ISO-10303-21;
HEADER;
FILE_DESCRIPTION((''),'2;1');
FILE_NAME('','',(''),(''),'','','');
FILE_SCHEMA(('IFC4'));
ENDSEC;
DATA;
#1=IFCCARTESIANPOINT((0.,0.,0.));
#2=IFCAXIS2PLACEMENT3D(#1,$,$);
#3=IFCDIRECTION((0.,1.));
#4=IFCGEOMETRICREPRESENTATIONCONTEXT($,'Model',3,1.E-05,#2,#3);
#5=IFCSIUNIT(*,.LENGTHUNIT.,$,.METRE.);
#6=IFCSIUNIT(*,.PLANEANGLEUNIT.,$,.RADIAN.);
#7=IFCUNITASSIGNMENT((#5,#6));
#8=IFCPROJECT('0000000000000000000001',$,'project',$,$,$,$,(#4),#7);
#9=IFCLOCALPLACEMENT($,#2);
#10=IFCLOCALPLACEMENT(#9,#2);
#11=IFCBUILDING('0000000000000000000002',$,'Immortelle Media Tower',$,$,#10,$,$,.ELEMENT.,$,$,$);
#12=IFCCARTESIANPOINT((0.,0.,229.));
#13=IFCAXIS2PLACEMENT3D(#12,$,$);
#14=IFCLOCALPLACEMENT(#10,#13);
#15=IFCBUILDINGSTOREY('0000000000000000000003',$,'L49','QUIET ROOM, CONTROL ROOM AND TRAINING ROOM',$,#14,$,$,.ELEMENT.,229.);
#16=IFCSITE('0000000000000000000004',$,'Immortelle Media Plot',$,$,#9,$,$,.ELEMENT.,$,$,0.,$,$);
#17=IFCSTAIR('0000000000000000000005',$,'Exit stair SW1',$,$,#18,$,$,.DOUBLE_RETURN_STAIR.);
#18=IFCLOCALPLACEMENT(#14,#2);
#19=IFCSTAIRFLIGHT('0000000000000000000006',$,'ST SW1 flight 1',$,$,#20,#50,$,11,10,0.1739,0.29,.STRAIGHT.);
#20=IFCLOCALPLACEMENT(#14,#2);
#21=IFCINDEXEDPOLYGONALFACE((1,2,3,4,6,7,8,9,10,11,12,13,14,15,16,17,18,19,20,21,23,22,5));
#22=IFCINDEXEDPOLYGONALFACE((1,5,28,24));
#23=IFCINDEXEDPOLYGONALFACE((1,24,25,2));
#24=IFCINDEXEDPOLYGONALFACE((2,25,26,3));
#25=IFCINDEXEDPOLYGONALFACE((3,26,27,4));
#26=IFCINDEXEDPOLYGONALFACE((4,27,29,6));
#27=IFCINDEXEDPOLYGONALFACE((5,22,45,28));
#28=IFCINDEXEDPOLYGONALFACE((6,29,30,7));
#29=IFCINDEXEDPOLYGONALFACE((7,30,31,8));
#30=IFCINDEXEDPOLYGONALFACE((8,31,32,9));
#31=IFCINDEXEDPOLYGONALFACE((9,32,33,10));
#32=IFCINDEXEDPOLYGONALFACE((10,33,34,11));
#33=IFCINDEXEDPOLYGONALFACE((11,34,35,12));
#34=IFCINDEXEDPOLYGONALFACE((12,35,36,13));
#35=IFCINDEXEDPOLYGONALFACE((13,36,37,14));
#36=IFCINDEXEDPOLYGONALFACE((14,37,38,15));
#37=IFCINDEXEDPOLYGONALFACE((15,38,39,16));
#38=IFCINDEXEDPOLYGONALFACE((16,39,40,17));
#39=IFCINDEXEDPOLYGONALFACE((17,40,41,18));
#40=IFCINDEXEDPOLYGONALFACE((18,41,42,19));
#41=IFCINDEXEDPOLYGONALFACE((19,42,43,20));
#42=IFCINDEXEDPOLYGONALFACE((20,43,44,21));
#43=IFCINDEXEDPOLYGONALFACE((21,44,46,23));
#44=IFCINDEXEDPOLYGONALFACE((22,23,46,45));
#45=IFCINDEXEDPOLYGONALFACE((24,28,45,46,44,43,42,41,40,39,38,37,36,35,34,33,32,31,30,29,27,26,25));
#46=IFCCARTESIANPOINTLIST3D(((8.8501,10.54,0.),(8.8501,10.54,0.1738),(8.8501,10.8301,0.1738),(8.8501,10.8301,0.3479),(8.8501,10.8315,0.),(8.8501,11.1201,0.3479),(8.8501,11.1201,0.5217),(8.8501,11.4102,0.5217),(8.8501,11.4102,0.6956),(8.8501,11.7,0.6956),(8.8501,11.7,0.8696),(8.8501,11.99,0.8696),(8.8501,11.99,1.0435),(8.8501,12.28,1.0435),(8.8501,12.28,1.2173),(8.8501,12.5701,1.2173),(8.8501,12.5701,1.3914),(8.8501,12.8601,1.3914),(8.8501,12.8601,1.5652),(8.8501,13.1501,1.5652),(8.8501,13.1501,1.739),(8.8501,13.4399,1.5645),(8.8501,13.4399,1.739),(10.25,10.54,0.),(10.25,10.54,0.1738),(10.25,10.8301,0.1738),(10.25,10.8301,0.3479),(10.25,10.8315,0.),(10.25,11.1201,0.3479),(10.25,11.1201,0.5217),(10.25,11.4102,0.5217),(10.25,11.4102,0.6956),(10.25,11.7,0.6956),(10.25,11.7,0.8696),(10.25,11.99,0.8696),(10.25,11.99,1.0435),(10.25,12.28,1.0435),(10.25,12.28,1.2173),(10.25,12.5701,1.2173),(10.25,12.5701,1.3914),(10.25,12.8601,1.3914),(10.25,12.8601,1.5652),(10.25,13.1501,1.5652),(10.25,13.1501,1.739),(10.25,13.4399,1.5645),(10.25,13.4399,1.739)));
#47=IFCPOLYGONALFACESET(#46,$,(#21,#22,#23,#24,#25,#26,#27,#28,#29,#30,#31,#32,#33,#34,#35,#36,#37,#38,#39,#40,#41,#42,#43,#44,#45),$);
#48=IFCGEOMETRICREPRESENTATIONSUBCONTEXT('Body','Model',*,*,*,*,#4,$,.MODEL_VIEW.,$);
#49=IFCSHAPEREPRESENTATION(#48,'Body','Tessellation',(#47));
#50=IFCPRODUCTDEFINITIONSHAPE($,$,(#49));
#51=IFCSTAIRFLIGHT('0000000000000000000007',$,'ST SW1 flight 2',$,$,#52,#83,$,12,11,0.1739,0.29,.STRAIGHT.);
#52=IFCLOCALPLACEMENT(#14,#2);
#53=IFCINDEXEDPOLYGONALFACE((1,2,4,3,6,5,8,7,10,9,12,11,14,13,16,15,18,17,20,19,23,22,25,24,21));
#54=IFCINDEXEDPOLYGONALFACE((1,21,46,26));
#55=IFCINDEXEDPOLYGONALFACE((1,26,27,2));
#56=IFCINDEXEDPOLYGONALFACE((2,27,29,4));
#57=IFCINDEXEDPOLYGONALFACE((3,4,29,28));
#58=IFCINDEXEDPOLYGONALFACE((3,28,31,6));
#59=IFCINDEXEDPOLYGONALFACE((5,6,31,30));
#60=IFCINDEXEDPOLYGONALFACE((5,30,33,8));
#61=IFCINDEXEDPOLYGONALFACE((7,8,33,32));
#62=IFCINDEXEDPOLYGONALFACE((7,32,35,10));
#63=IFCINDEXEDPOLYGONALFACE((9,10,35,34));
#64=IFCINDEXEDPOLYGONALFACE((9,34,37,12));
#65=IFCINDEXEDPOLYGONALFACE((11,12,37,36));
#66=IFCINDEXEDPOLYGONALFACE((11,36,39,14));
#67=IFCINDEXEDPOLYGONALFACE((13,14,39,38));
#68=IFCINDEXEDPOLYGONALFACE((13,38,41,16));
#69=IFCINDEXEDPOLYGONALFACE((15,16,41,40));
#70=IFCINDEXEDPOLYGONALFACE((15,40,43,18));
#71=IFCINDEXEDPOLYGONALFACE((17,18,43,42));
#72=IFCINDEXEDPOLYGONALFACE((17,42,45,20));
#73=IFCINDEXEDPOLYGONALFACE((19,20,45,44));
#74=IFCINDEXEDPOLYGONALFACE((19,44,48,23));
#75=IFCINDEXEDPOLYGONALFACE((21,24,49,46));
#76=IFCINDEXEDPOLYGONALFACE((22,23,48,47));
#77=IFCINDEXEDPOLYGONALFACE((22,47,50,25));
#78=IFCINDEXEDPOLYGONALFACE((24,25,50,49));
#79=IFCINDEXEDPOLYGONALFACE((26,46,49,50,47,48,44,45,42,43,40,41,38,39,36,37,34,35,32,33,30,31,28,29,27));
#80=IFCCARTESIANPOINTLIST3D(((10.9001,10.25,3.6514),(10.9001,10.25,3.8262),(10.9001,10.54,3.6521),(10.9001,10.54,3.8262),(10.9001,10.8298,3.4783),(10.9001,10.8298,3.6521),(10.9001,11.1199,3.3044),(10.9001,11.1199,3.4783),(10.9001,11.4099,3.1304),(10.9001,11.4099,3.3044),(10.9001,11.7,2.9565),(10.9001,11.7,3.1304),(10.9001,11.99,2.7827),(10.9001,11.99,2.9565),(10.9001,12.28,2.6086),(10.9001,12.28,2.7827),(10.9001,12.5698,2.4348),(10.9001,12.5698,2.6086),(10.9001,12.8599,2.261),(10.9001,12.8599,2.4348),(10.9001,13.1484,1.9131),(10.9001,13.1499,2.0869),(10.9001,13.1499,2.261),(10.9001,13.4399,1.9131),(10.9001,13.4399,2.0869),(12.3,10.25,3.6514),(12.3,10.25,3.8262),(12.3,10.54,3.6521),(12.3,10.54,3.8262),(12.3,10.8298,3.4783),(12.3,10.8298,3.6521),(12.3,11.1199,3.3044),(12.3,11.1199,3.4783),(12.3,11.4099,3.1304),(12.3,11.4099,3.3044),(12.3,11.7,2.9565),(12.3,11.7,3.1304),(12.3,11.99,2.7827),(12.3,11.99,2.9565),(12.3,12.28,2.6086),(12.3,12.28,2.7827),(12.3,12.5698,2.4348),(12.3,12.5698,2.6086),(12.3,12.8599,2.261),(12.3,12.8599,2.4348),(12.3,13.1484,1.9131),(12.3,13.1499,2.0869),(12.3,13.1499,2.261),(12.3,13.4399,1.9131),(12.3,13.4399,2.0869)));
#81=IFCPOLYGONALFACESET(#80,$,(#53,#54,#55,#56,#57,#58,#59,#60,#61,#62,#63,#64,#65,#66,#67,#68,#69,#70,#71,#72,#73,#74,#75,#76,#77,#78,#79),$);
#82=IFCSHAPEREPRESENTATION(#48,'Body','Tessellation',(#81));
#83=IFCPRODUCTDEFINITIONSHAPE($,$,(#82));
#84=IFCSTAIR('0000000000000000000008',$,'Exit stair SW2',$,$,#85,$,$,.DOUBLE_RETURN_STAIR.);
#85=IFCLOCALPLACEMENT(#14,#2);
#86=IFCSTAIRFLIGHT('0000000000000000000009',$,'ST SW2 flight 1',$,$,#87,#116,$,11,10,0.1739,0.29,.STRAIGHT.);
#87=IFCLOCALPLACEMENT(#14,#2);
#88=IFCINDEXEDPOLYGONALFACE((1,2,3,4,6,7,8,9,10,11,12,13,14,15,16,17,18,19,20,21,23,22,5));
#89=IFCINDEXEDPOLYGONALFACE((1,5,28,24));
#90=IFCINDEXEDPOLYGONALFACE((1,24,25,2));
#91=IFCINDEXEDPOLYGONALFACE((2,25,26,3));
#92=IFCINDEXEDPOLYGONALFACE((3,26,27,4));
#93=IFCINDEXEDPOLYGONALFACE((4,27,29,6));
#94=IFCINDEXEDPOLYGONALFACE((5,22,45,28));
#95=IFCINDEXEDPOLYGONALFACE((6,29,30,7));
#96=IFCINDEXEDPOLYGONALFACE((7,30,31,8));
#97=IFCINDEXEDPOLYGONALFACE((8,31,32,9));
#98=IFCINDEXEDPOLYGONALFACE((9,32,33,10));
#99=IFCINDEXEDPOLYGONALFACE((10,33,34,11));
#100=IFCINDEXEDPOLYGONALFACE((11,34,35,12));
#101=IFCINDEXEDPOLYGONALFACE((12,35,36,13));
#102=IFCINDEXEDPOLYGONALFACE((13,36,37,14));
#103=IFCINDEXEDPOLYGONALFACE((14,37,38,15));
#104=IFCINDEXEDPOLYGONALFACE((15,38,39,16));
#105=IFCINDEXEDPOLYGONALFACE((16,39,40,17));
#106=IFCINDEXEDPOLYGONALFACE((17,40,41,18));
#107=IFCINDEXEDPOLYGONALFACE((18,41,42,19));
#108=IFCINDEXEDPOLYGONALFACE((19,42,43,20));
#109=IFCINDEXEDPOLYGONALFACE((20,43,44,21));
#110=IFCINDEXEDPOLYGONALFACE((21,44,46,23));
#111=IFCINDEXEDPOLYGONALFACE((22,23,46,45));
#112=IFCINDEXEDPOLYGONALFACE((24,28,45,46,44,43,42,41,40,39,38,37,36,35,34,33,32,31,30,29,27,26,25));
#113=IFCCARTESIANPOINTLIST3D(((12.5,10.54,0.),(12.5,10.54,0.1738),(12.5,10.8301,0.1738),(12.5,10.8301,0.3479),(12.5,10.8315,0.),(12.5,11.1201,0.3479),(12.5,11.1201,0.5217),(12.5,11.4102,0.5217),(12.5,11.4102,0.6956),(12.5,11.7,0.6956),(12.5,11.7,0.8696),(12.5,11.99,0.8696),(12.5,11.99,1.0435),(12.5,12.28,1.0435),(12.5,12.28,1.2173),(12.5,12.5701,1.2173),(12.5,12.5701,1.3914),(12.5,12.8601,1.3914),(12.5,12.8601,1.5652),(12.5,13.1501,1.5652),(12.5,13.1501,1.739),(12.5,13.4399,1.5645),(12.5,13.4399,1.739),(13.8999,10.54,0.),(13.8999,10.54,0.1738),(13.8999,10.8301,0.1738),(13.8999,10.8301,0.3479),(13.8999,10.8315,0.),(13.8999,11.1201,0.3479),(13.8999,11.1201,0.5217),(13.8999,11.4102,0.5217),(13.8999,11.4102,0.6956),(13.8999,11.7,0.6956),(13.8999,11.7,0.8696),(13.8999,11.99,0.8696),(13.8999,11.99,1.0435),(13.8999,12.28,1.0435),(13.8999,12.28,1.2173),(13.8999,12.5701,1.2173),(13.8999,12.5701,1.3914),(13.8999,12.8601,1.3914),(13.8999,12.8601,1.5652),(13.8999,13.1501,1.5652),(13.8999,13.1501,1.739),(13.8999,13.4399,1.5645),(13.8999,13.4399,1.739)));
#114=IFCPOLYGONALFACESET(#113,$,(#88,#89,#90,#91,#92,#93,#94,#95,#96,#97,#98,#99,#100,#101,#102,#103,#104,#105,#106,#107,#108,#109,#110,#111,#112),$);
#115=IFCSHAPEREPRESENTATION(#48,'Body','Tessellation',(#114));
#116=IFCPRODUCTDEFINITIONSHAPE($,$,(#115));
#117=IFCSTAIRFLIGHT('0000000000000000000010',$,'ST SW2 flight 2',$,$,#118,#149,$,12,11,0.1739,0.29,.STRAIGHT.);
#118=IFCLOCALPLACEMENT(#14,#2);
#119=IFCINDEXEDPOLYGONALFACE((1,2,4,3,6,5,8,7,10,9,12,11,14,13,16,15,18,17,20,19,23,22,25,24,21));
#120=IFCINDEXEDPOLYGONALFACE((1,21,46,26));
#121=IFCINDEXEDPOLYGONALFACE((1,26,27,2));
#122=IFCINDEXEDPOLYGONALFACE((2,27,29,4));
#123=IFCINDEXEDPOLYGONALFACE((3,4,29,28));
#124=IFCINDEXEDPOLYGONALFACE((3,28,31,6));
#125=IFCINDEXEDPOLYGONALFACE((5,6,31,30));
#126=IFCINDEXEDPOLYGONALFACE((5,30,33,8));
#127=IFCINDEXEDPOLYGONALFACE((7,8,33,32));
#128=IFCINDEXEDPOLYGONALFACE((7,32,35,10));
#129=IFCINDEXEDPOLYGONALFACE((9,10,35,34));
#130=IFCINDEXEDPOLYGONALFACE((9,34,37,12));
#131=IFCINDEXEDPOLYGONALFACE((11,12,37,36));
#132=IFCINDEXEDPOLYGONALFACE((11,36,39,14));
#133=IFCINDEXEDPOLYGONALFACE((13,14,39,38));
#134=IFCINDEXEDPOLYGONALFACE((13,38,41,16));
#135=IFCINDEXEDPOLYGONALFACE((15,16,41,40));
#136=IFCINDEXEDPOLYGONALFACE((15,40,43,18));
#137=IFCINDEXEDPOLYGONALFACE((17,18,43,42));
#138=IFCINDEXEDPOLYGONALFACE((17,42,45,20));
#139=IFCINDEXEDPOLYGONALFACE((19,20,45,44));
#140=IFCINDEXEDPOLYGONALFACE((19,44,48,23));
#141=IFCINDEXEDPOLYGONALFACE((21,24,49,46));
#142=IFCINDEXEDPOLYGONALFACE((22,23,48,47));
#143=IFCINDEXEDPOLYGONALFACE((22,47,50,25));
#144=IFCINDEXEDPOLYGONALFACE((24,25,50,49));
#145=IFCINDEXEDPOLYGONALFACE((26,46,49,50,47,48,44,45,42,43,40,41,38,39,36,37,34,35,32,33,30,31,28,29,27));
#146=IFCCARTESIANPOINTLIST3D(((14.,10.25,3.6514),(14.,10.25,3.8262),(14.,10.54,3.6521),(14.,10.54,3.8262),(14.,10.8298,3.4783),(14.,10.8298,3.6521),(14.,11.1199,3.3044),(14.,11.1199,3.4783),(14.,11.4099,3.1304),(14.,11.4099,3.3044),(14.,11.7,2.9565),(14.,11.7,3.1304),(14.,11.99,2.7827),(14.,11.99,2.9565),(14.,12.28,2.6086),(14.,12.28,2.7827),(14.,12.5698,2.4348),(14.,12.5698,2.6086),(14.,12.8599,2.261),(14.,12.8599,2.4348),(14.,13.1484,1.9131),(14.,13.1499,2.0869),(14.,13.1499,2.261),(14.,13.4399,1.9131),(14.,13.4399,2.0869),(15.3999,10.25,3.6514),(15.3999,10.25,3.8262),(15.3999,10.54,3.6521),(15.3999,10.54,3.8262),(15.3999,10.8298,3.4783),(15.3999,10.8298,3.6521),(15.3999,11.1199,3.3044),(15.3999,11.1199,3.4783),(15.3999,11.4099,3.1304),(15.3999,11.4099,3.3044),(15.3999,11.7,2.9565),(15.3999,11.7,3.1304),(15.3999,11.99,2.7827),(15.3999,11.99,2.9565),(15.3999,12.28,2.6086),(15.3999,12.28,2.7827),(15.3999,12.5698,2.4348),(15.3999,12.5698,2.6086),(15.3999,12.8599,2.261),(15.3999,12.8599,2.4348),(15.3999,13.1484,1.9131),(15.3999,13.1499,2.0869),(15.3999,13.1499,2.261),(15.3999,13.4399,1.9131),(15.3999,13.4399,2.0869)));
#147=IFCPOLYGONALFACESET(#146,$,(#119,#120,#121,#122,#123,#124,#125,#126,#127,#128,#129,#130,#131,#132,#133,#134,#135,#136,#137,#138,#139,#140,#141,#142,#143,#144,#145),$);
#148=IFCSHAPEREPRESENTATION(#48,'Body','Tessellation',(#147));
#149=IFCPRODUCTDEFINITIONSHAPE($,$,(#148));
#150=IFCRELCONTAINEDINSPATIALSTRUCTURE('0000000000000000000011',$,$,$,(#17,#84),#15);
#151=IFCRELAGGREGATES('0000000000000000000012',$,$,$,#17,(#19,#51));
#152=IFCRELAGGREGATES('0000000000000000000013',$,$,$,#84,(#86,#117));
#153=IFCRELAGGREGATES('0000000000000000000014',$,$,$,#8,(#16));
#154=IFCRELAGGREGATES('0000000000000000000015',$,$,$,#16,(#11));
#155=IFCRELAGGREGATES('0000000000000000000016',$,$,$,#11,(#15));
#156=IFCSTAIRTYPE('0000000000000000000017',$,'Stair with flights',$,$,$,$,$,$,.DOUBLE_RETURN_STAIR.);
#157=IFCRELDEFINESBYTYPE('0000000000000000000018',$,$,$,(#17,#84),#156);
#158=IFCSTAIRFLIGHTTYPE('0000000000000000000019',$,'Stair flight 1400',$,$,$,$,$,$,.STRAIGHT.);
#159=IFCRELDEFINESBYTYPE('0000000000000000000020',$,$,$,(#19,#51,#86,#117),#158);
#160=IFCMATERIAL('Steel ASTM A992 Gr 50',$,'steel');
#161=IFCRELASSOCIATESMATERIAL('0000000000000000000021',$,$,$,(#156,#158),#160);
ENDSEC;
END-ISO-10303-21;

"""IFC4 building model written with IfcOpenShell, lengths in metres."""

from ifc_helpers import new_model, si_unit, direction, frame, origin, place, context, subcontext, project, spatial, polyline, outline, extrude, material, type_object, element, aggregate, save


model = new_model("IFC4")

# Units and contexts
model_context = context("Model", 3, precision=1e-05, world=origin(), true_north=direction((0.0, 1.0)))
body_context = subcontext(model_context, "Body", "Model", "MODEL_VIEW")
ifc_project = project(units=[si_unit("LENGTHUNIT", "METRE"), si_unit("PLANEANGLEUNIT", "RADIAN")], contexts=[model_context])

# Site, building, storey
site_placement = place(None, origin())
site = spatial("IfcSite", under=ifc_project, at=site_placement, Name="Immortelle Media Plot", CompositionType="ELEMENT", RefElevation=0.0)
building_placement = place(site_placement, origin())
building = spatial("IfcBuilding", under=site, at=building_placement, Name="Immortelle Media Tower", CompositionType="ELEMENT")
storey_placement = place(building_placement, frame((0.0, 0.0, 229.0)))
storey = spatial("IfcBuildingStorey", under=building, at=storey_placement, Name="L49", Description="QUIET ROOM, CONTROL ROOM AND TRAINING ROOM", CompositionType="ELEMENT", Elevation=229.0)

# Shared definitions
ifc_material_1 = material(Name="Steel ASTM A992 Gr 50", Category="steel")

# Stairs, stair flights
stair_type = type_object("IfcStairType", Name="Stair with flights", PredefinedType="DOUBLE_RETURN_STAIR", material=ifc_material_1)
stair_1_placement = place(storey_placement, origin())
stair_1 = element("IfcStair", 1, at=stair_1_placement, inside=storey, type_object=stair_type, Name="Exit stair SW1", PredefinedType="DOUBLE_RETURN_STAIR")
stair_flight_type = type_object("IfcStairFlightType", Name="Stair flight 1400", PredefinedType="STRAIGHT", material=ifc_material_1)
stair_flight_1_placement = place(storey_placement, frame((9.55, 10.54, 0.0), z_axis=(0.0, 0.0, 1.0), x_axis=(0.0, 1.0, 0.0)))
stair_flight_1 = element("IfcStairFlight", 2, at=stair_flight_1_placement, type_object=stair_flight_type, Name="ST SW1 flight 1", NumberOfRisers=11, NumberOfTreads=10, PredefinedType="STRAIGHT", RiserHeight=0.1739, TreadLength=0.29, context=body_context, shape_type="SweptSolid", body=[
    extrude(outline(polyline([(0.0, 0.0), (0.0, 0.1738), (0.29, 0.1738), (0.29, 0.3479), (0.5801, 0.3479), (0.5801, 0.5217), (0.8701, 0.5217), (0.8701, 0.6956), (1.1599, 0.6956), (1.1599, 0.8696), (1.45, 0.8696), (1.45, 1.0435), (1.74, 1.0435), (1.74, 1.2173), (2.03, 1.2173), (2.03, 1.3914), (2.3201, 1.3914), (2.3201, 1.5652), (2.6101, 1.5652), (2.6101, 1.739), (2.8999, 1.739), (2.8999, 1.9131), (2.8999, 1.5645), (0.2915, 0.0), (0.0, 0.0)])), frame((0.0, 0.7, 0.0), z_axis=(0.0, -1.0, 0.0), x_axis=(1.0, 0.0, 0.0)), (0.0, 0.0, 1.0), 1.3999),
])
stair_flight_2_placement = place(storey_placement, frame((11.6001, 13.4399, 1.9131), z_axis=(0.0, 0.0, 1.0), x_axis=(0.0, -1.0, 0.0)))
stair_flight_2 = element("IfcStairFlight", 3, at=stair_flight_2_placement, type_object=stair_flight_type, Name="ST SW1 flight 2", NumberOfRisers=12, NumberOfTreads=11, PredefinedType="STRAIGHT", RiserHeight=0.1739, TreadLength=0.29, context=body_context, shape_type="SweptSolid", body=[
    extrude(outline(polyline([(0.0, 0.0), (0.0, 0.1738), (0.29, 0.1738), (0.29, 0.3479), (0.5801, 0.3479), (0.5801, 0.5217), (0.8701, 0.5217), (0.8701, 0.6956), (1.1599, 0.6956), (1.1599, 0.8696), (1.45, 0.8696), (1.45, 1.0435), (1.74, 1.0435), (1.74, 1.2173), (2.03, 1.2173), (2.03, 1.3914), (2.3201, 1.3914), (2.3201, 1.5652), (2.6101, 1.5652), (2.6101, 1.739), (2.8999, 1.739), (2.8999, 1.9131), (3.1899, 1.9131), (3.1899, 2.0869), (3.1899, 1.7383), (0.2915, 0.0), (0.0, 0.0)])), frame((0.0, 0.7, 0.0), z_axis=(0.0, -1.0, 0.0), x_axis=(1.0, 0.0, 0.0)), (0.0, 0.0, 1.0), 1.3999),
])
aggregate(stair_1, [stair_flight_1, stair_flight_2])
stair_2_placement = place(storey_placement, origin())
stair_2 = element("IfcStair", 4, at=stair_2_placement, inside=storey, type_object=stair_type, Name="Exit stair SW2", PredefinedType="DOUBLE_RETURN_STAIR")
stair_flight_3_placement = place(storey_placement, frame((13.2, 10.54, 0.0), z_axis=(0.0, 0.0, 1.0), x_axis=(0.0, 1.0, 0.0)))
stair_flight_3 = element("IfcStairFlight", 5, at=stair_flight_3_placement, type_object=stair_flight_type, Name="ST SW2 flight 1", NumberOfRisers=11, NumberOfTreads=10, PredefinedType="STRAIGHT", RiserHeight=0.1739, TreadLength=0.29, context=body_context, shape_type="SweptSolid", body=[
    extrude(outline(polyline([(0.0, 0.0), (0.0, 0.1738), (0.29, 0.1738), (0.29, 0.3479), (0.5801, 0.3479), (0.5801, 0.5217), (0.8701, 0.5217), (0.8701, 0.6956), (1.1599, 0.6956), (1.1599, 0.8696), (1.45, 0.8696), (1.45, 1.0435), (1.74, 1.0435), (1.74, 1.2173), (2.03, 1.2173), (2.03, 1.3914), (2.3201, 1.3914), (2.3201, 1.5652), (2.6101, 1.5652), (2.6101, 1.739), (2.8999, 1.739), (2.8999, 1.9131), (2.8999, 1.5645), (0.2915, 0.0), (0.0, 0.0)])), frame((0.0, 0.7, 0.0), z_axis=(0.0, -1.0, 0.0), x_axis=(1.0, 0.0, 0.0)), (0.0, 0.0, 1.0), 1.3999),
])
stair_flight_4_placement = place(storey_placement, frame((14.7, 13.4399, 1.9131), z_axis=(0.0, 0.0, 1.0), x_axis=(0.0, -1.0, 0.0)))
stair_flight_4 = element("IfcStairFlight", 6, at=stair_flight_4_placement, type_object=stair_flight_type, Name="ST SW2 flight 2", NumberOfRisers=12, NumberOfTreads=11, PredefinedType="STRAIGHT", RiserHeight=0.1739, TreadLength=0.29, context=body_context, shape_type="SweptSolid", body=[
    extrude(outline(polyline([(0.0, 0.0), (0.0, 0.1738), (0.29, 0.1738), (0.29, 0.3479), (0.5801, 0.3479), (0.5801, 0.5217), (0.8701, 0.5217), (0.8701, 0.6956), (1.1599, 0.6956), (1.1599, 0.8696), (1.45, 0.8696), (1.45, 1.0435), (1.74, 1.0435), (1.74, 1.2173), (2.03, 1.2173), (2.03, 1.3914), (2.3201, 1.3914), (2.3201, 1.5652), (2.6101, 1.5652), (2.6101, 1.739), (2.8999, 1.739), (2.8999, 1.9131), (3.1899, 1.9131), (3.1899, 2.0869), (3.1899, 1.7383), (0.2915, 0.0), (0.0, 0.0)])), frame((0.0, 0.7, 0.0), z_axis=(0.0, -1.0, 0.0), x_axis=(1.0, 0.0, 0.0)), (0.0, 0.0, 1.0), 1.3999),
])
aggregate(stair_2, [stair_flight_3, stair_flight_4])

save(model, "model.ifc")
